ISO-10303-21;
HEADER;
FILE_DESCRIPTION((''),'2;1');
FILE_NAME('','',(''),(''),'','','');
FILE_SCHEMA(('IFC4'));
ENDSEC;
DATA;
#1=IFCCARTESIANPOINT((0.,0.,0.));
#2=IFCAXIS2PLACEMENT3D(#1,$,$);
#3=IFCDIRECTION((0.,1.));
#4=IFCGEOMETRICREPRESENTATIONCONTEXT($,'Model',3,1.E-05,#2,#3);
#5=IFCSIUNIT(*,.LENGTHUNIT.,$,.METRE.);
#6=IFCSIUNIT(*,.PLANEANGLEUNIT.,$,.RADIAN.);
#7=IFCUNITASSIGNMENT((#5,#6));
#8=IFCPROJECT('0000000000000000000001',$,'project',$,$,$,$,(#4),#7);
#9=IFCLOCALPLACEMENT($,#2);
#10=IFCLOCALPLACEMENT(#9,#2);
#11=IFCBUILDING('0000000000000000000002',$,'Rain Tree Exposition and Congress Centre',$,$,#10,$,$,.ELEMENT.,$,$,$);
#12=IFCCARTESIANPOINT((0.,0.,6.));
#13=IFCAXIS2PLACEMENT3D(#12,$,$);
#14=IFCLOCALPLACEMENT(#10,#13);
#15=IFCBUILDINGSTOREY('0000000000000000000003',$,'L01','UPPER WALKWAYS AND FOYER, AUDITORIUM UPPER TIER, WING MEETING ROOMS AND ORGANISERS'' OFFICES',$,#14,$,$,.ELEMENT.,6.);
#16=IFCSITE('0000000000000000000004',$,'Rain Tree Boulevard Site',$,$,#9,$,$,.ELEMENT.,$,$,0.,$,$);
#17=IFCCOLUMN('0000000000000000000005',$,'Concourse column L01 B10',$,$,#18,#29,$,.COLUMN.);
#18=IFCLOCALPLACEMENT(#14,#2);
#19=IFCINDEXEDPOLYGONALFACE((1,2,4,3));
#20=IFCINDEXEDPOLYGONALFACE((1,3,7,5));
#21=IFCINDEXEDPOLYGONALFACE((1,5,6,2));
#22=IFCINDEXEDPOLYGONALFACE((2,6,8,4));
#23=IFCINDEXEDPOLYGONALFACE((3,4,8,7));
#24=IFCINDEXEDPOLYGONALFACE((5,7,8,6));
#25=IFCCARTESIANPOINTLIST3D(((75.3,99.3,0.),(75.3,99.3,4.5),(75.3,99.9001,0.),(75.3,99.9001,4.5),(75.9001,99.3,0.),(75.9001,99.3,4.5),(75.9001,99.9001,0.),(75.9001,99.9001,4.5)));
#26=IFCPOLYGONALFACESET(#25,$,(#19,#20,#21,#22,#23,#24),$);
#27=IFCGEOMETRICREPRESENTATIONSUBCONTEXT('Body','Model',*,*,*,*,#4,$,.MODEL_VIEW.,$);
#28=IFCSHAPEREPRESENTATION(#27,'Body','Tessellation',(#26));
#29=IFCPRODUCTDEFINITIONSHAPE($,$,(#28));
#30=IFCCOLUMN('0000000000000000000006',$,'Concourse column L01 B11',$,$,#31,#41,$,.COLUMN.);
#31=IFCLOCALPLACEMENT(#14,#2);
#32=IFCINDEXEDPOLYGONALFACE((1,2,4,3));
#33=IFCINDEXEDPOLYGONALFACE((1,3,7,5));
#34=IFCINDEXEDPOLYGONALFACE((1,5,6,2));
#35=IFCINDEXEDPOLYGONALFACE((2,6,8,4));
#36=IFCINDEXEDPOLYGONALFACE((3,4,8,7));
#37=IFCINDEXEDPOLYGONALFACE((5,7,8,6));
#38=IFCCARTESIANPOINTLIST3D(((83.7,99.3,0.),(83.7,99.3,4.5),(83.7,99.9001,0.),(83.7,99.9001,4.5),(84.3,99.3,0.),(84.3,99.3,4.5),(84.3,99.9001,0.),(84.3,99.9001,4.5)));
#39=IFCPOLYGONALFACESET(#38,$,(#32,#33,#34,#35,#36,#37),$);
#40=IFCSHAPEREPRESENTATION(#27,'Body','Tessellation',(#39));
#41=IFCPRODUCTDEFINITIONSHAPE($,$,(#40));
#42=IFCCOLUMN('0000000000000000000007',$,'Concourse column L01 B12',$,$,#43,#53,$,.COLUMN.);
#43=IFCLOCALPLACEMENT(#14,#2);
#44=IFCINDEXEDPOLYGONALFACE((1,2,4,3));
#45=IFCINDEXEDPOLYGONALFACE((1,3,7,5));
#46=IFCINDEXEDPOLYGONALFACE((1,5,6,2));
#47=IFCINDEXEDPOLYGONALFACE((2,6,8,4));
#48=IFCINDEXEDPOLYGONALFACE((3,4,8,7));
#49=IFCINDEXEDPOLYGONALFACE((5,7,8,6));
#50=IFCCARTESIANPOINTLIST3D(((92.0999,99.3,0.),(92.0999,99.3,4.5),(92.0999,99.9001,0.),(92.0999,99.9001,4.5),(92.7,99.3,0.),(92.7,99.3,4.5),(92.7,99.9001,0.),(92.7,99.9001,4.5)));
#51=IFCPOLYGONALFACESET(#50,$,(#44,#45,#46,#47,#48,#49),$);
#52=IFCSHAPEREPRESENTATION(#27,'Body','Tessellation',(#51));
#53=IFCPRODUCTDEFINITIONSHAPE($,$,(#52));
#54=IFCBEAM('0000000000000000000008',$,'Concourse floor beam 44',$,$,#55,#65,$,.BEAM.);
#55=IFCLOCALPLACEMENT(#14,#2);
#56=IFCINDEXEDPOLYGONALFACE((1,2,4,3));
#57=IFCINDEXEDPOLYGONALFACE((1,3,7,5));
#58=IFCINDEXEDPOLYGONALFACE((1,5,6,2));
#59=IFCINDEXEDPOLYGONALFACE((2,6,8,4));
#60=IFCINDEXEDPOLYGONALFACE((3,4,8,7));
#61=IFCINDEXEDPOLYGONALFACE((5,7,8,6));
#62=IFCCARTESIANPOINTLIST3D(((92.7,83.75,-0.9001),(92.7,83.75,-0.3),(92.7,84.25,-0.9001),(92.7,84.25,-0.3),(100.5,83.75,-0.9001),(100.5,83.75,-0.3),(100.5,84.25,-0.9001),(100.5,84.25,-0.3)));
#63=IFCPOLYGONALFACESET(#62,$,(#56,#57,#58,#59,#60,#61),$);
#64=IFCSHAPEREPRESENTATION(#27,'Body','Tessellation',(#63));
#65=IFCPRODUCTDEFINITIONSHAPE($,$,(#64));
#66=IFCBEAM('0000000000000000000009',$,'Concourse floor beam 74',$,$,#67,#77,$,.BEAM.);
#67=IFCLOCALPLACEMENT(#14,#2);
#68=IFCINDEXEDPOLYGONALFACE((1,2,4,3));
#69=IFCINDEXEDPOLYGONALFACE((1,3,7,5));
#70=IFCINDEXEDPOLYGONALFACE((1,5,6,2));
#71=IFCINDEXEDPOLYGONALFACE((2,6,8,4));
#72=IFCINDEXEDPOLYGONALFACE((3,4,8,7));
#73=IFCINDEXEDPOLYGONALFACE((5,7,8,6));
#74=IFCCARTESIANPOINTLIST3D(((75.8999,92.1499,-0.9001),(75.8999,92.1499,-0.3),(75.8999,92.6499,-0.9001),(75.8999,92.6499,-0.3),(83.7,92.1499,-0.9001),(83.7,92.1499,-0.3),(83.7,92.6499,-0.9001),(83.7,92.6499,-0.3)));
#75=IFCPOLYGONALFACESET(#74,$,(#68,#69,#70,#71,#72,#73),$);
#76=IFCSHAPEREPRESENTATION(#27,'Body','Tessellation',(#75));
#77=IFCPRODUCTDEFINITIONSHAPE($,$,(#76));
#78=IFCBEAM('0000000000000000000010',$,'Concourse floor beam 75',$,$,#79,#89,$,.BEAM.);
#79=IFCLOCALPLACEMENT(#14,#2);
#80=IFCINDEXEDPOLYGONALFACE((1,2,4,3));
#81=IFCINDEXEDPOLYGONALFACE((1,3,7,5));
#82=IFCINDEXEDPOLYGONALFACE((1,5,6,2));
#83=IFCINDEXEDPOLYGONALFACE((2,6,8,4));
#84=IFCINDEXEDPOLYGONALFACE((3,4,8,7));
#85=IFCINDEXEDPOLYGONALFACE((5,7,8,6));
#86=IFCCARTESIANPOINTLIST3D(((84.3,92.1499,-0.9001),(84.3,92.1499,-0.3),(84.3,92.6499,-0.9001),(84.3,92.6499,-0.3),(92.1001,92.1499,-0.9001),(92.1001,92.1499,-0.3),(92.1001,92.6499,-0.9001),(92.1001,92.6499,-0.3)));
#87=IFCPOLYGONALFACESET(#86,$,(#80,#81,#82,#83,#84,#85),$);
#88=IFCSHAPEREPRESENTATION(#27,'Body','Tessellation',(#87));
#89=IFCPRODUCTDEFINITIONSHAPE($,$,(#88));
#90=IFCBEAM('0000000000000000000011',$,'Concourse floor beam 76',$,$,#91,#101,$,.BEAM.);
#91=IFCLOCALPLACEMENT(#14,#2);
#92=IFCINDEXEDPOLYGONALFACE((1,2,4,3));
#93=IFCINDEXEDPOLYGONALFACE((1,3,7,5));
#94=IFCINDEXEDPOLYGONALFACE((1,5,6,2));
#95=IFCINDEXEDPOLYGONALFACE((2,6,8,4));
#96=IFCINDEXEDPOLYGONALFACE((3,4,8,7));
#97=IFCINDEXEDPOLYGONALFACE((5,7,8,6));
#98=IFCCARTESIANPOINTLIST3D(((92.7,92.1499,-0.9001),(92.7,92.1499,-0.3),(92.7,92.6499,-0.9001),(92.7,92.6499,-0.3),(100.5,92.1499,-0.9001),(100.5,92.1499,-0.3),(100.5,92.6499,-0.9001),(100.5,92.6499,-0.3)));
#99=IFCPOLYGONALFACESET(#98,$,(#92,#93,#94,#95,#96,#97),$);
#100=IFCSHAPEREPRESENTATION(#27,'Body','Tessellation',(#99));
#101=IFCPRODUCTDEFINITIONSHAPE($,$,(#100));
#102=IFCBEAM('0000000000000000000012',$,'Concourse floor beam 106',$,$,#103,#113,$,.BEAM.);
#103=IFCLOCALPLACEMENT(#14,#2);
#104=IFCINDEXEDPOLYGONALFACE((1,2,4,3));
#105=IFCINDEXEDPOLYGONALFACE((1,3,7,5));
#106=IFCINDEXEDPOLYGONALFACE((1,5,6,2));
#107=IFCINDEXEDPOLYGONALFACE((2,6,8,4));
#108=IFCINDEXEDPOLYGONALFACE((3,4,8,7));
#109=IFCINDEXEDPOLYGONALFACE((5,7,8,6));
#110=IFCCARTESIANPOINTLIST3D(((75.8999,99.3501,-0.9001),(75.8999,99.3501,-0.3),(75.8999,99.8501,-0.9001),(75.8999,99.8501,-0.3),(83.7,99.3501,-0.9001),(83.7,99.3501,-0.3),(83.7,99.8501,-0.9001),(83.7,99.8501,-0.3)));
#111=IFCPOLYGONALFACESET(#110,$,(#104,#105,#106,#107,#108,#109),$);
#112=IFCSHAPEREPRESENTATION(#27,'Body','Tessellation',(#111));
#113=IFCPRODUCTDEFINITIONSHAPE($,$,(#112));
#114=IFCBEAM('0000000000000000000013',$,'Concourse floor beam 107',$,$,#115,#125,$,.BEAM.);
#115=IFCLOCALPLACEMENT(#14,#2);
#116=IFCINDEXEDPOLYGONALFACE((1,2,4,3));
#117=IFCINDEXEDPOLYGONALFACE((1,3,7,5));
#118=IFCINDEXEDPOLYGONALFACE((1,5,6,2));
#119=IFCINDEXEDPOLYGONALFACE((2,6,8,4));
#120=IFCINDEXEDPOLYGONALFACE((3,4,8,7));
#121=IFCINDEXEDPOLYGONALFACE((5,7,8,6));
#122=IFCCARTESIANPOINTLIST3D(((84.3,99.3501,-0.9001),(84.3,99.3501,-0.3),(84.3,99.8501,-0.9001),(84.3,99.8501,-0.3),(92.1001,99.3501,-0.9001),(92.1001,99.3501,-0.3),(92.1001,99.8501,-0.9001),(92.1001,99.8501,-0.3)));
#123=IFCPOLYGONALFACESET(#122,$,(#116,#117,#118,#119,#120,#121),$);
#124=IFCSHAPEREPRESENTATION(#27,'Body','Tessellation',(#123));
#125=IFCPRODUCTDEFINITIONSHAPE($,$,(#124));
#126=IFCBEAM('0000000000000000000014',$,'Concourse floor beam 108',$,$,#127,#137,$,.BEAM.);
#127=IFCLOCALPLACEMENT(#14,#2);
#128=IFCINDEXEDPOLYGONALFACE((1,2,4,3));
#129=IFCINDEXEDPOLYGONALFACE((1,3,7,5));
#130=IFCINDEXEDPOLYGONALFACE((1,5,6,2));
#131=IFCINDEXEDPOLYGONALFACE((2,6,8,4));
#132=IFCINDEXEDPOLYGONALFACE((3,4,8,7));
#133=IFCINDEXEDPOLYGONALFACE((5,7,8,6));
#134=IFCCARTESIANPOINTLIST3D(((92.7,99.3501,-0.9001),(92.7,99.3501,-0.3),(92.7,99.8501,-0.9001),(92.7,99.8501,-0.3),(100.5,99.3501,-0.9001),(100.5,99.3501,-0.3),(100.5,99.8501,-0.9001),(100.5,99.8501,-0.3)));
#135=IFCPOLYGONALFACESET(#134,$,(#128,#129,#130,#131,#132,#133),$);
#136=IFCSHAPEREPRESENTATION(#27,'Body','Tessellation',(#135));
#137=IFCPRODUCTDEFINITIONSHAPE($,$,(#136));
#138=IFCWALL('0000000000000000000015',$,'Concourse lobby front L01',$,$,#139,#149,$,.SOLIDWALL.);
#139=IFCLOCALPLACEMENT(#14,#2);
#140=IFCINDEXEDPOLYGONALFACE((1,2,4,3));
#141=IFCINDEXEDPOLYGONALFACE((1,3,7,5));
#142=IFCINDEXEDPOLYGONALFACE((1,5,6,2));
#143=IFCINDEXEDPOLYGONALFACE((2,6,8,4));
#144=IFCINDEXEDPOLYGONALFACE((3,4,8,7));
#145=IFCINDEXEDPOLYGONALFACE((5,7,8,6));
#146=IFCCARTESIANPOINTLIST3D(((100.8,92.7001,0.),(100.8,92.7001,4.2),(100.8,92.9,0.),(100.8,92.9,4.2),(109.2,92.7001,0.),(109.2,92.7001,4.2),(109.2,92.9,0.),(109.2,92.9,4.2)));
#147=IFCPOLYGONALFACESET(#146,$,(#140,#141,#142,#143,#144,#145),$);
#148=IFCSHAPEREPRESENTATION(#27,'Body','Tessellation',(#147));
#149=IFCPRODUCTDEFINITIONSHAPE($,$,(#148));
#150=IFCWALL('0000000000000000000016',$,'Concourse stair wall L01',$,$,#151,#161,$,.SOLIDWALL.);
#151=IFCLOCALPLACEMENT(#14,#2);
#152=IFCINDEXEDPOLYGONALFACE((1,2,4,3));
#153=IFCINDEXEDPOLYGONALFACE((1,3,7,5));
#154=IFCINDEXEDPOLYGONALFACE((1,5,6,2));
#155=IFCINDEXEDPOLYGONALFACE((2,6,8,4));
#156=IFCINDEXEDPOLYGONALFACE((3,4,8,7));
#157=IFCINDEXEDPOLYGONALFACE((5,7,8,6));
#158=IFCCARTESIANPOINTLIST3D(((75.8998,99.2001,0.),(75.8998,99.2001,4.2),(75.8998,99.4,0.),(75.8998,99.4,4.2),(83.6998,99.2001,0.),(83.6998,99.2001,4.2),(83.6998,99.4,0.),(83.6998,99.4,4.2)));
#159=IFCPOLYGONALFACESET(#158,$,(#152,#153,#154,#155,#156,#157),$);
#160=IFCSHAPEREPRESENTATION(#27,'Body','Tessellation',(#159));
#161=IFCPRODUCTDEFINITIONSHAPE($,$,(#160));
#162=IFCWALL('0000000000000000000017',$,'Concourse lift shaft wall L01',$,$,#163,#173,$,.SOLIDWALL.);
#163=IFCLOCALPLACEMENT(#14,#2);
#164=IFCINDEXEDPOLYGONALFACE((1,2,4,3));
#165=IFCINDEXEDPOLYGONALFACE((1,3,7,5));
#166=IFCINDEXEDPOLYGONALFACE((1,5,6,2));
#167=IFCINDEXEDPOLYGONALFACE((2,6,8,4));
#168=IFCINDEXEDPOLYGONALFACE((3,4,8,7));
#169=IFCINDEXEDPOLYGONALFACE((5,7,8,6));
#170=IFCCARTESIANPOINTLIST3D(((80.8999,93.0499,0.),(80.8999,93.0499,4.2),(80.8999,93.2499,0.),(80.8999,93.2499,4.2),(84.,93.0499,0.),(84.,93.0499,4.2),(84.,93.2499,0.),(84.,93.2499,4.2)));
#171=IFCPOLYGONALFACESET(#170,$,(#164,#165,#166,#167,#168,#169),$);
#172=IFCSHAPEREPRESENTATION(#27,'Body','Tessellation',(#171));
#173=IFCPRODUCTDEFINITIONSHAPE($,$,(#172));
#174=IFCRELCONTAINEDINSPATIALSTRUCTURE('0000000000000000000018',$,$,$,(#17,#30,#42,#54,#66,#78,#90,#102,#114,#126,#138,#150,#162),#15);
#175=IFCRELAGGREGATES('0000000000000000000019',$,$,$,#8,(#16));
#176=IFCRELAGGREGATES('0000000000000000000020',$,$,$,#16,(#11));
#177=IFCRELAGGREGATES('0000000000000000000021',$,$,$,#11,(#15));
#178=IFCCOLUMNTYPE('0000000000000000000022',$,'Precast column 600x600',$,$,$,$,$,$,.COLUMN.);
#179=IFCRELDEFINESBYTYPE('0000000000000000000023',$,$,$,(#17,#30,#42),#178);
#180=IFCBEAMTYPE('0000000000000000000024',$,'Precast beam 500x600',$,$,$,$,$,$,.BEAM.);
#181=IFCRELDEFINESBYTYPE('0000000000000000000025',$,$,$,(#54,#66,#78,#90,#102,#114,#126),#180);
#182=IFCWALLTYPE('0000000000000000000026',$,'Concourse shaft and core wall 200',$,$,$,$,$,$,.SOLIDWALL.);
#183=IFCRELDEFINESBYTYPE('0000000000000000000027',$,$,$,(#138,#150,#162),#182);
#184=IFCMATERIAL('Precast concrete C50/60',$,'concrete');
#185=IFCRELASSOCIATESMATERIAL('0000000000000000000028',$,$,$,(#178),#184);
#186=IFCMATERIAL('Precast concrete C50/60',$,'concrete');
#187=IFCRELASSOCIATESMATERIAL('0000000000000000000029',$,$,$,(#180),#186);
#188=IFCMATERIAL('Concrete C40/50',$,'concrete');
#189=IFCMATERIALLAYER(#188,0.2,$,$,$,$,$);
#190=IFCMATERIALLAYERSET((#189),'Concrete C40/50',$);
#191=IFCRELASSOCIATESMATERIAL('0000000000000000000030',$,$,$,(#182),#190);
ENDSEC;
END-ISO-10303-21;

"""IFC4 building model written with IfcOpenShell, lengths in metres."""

from ifc_helpers import new_model, si_unit, direction, frame, frame_2d, origin, origin_2d, place, context, subcontext, project, spatial, rectangle, extrude, material, layer, layer_set, material_profile, profile_set, type_object, element, save


model = new_model("IFC4")

# Units and contexts
model_context = context("Model", 3, precision=1e-05, world=origin(), true_north=direction((0.0, 1.0)))
body_context = subcontext(model_context, "Body", "Model", "MODEL_VIEW")
ifc_project = project(units=[si_unit("LENGTHUNIT", "METRE"), si_unit("PLANEANGLEUNIT", "RADIAN")], contexts=[model_context])

# Site, building, storey
site_placement = place(None, origin())
site = spatial("IfcSite", under=ifc_project, at=site_placement, Name="Rain Tree Boulevard Site", CompositionType="ELEMENT", RefElevation=0.0)
building_placement = place(site_placement, origin())
building = spatial("IfcBuilding", under=site, at=building_placement, Name="Rain Tree Exposition and Congress Centre", CompositionType="ELEMENT")
storey_placement = place(building_placement, frame((0.0, 0.0, 6.0)))
storey = spatial("IfcBuildingStorey", under=building, at=storey_placement, Name="L01", Description="UPPER WALKWAYS AND FOYER, AUDITORIUM UPPER TIER, WING MEETING ROOMS AND ORGANISERS' OFFICES", CompositionType="ELEMENT", Elevation=6.0)

# Columns
ifc_material_1 = material(Name="Precast concrete C50/60", Category="concrete")
ifc_material_profile_1 = material_profile(ifc_material_1, rectangle(XDim=0.6001, YDim=0.6001, at=origin_2d()), Name="RC 600x600")
ifc_profile_set_1 = profile_set([ifc_material_profile_1], Name="Precast concrete C50/60")
column_type = type_object("IfcColumnType", Name="Precast column 600x600", PredefinedType="COLUMN", material=ifc_profile_set_1)
for number, where, z_axis, x_axis, name in (
    (1, (75.6001, 99.6001, 0.0), (0.0, 0.0, 1.0), (1.0, 0.0, 0.0), "Concourse column L01 B10"),
    (2, (84.0, 99.6001, 0.0), (0.0, 0.0, 1.0), (1.0, 0.0, 0.0), "Concourse column L01 B11"),
    (3, (92.3999, 99.6001, 0.0), (0.0, 0.0, 1.0), (1.0, 0.0, 0.0), "Concourse column L01 B12"),
):
    element("IfcColumn", number, at=place(storey_placement, frame(where, z_axis=z_axis, x_axis=x_axis)), inside=storey, type_object=column_type, Name=name, PredefinedType="COLUMN", context=body_context, shape_type="SweptSolid", body=[
        extrude(rectangle(XDim=0.6001, YDim=0.6001, at=origin_2d()), origin(), (0.0, 0.0, 1.0), 4.5),
    ])

# Beams
ifc_material_2 = material(Name="Precast concrete C50/60", Category="concrete")
ifc_material_profile_2 = material_profile(ifc_material_2, rectangle(XDim=0.5, YDim=0.6001, at=origin_2d()), Name="RC 500x600")
ifc_profile_set_2 = profile_set([ifc_material_profile_2], Name="Precast concrete C50/60")
beam_type = type_object("IfcBeamType", Name="Precast beam 500x600", PredefinedType="BEAM", material=ifc_profile_set_2)
for number, where, z_axis, x_axis, name in (
    (4, (92.7, 84.0, -0.6001), (1.0, 0.0, 0.0), (0.0, 1.0, 0.0), "Concourse floor beam 44"),
    (5, (75.8999, 92.3999, -0.6001), (1.0, 0.0, 0.0), (0.0, 1.0, 0.0), "Concourse floor beam 74"),
    (6, (84.3, 92.3999, -0.6001), (1.0, 0.0, 0.0), (0.0, 1.0, 0.0), "Concourse floor beam 75"),
    (7, (92.7, 92.3999, -0.6001), (1.0, 0.0, 0.0), (0.0, 1.0, 0.0), "Concourse floor beam 76"),
    (8, (75.8999, 99.6001, -0.6001), (1.0, 0.0, 0.0), (0.0, 1.0, 0.0), "Concourse floor beam 106"),
    (9, (84.3, 99.6001, -0.6001), (1.0, 0.0, 0.0), (0.0, 1.0, 0.0), "Concourse floor beam 107"),
    (10, (92.7, 99.6001, -0.6001), (1.0, 0.0, 0.0), (0.0, 1.0, 0.0), "Concourse floor beam 108"),
):
    element("IfcBeam", number, at=place(storey_placement, frame(where, z_axis=z_axis, x_axis=x_axis)), inside=storey, type_object=beam_type, Name=name, PredefinedType="BEAM", context=body_context, shape_type="SweptSolid", body=[
        extrude(rectangle(XDim=0.5, YDim=0.6001, at=origin_2d()), origin(), (0.0, 0.0, 1.0), 7.8),
    ])

# Walls
ifc_material_3 = material(Name="Concrete C40/50", Category="concrete")
ifc_layer_1 = layer(ifc_material_3, 0.2)
ifc_layer_set_1 = layer_set([ifc_layer_1], Name="Concrete C40/50")
wall_type_1 = type_object("IfcWallType", Name="Concourse shaft and core wall 200", PredefinedType="SOLIDWALL", material=ifc_layer_set_1)
wall_1_placement = place(storey_placement, frame((100.8, 92.8, 0.0), z_axis=(0.0, 0.0, 1.0), x_axis=(1.0, 0.0, 0.0)))
element("IfcWall", 11, at=wall_1_placement, inside=storey, type_object=wall_type_1, Name="Concourse lobby front L01", PredefinedType="SOLIDWALL", context=body_context, shape_type="SweptSolid", body=[
    extrude(rectangle(XDim=8.3999, YDim=0.2, at=frame_2d((4.2, 0.0))), origin(), (0.0, 0.0, 1.0), 4.2),
])
wall_2_placement = place(storey_placement, frame((75.8999, 99.3, 0.0), z_axis=(0.0, 0.0, 1.0), x_axis=(1.0, 0.0, 0.0)))
element("IfcWall", 12, at=wall_2_placement, inside=storey, type_object=wall_type_1, Name="Concourse stair wall L01", PredefinedType="SOLIDWALL", context=body_context, shape_type="SweptSolid", body=[
    extrude(rectangle(XDim=7.8, YDim=0.2, at=frame_2d((3.8999, 0.0))), origin(), (0.0, 0.0, 1.0), 4.2),
])

# Wall
wall_3_placement = place(storey_placement, frame((80.8999, 93.1499, 0.0), z_axis=(0.0, 0.0, 1.0), x_axis=(1.0, 0.0, 0.0)))
element("IfcWall", 13, at=wall_3_placement, inside=storey, type_object=wall_type_1, Name="Concourse lift shaft wall L01", PredefinedType="SOLIDWALL", context=body_context, shape_type="SweptSolid", body=[
    extrude(rectangle(XDim=3.1001, YDim=0.2, at=frame_2d((1.55, 0.0))), origin(), (0.0, 0.0, 1.0), 4.2),
])

save(model, "model.ifc")
